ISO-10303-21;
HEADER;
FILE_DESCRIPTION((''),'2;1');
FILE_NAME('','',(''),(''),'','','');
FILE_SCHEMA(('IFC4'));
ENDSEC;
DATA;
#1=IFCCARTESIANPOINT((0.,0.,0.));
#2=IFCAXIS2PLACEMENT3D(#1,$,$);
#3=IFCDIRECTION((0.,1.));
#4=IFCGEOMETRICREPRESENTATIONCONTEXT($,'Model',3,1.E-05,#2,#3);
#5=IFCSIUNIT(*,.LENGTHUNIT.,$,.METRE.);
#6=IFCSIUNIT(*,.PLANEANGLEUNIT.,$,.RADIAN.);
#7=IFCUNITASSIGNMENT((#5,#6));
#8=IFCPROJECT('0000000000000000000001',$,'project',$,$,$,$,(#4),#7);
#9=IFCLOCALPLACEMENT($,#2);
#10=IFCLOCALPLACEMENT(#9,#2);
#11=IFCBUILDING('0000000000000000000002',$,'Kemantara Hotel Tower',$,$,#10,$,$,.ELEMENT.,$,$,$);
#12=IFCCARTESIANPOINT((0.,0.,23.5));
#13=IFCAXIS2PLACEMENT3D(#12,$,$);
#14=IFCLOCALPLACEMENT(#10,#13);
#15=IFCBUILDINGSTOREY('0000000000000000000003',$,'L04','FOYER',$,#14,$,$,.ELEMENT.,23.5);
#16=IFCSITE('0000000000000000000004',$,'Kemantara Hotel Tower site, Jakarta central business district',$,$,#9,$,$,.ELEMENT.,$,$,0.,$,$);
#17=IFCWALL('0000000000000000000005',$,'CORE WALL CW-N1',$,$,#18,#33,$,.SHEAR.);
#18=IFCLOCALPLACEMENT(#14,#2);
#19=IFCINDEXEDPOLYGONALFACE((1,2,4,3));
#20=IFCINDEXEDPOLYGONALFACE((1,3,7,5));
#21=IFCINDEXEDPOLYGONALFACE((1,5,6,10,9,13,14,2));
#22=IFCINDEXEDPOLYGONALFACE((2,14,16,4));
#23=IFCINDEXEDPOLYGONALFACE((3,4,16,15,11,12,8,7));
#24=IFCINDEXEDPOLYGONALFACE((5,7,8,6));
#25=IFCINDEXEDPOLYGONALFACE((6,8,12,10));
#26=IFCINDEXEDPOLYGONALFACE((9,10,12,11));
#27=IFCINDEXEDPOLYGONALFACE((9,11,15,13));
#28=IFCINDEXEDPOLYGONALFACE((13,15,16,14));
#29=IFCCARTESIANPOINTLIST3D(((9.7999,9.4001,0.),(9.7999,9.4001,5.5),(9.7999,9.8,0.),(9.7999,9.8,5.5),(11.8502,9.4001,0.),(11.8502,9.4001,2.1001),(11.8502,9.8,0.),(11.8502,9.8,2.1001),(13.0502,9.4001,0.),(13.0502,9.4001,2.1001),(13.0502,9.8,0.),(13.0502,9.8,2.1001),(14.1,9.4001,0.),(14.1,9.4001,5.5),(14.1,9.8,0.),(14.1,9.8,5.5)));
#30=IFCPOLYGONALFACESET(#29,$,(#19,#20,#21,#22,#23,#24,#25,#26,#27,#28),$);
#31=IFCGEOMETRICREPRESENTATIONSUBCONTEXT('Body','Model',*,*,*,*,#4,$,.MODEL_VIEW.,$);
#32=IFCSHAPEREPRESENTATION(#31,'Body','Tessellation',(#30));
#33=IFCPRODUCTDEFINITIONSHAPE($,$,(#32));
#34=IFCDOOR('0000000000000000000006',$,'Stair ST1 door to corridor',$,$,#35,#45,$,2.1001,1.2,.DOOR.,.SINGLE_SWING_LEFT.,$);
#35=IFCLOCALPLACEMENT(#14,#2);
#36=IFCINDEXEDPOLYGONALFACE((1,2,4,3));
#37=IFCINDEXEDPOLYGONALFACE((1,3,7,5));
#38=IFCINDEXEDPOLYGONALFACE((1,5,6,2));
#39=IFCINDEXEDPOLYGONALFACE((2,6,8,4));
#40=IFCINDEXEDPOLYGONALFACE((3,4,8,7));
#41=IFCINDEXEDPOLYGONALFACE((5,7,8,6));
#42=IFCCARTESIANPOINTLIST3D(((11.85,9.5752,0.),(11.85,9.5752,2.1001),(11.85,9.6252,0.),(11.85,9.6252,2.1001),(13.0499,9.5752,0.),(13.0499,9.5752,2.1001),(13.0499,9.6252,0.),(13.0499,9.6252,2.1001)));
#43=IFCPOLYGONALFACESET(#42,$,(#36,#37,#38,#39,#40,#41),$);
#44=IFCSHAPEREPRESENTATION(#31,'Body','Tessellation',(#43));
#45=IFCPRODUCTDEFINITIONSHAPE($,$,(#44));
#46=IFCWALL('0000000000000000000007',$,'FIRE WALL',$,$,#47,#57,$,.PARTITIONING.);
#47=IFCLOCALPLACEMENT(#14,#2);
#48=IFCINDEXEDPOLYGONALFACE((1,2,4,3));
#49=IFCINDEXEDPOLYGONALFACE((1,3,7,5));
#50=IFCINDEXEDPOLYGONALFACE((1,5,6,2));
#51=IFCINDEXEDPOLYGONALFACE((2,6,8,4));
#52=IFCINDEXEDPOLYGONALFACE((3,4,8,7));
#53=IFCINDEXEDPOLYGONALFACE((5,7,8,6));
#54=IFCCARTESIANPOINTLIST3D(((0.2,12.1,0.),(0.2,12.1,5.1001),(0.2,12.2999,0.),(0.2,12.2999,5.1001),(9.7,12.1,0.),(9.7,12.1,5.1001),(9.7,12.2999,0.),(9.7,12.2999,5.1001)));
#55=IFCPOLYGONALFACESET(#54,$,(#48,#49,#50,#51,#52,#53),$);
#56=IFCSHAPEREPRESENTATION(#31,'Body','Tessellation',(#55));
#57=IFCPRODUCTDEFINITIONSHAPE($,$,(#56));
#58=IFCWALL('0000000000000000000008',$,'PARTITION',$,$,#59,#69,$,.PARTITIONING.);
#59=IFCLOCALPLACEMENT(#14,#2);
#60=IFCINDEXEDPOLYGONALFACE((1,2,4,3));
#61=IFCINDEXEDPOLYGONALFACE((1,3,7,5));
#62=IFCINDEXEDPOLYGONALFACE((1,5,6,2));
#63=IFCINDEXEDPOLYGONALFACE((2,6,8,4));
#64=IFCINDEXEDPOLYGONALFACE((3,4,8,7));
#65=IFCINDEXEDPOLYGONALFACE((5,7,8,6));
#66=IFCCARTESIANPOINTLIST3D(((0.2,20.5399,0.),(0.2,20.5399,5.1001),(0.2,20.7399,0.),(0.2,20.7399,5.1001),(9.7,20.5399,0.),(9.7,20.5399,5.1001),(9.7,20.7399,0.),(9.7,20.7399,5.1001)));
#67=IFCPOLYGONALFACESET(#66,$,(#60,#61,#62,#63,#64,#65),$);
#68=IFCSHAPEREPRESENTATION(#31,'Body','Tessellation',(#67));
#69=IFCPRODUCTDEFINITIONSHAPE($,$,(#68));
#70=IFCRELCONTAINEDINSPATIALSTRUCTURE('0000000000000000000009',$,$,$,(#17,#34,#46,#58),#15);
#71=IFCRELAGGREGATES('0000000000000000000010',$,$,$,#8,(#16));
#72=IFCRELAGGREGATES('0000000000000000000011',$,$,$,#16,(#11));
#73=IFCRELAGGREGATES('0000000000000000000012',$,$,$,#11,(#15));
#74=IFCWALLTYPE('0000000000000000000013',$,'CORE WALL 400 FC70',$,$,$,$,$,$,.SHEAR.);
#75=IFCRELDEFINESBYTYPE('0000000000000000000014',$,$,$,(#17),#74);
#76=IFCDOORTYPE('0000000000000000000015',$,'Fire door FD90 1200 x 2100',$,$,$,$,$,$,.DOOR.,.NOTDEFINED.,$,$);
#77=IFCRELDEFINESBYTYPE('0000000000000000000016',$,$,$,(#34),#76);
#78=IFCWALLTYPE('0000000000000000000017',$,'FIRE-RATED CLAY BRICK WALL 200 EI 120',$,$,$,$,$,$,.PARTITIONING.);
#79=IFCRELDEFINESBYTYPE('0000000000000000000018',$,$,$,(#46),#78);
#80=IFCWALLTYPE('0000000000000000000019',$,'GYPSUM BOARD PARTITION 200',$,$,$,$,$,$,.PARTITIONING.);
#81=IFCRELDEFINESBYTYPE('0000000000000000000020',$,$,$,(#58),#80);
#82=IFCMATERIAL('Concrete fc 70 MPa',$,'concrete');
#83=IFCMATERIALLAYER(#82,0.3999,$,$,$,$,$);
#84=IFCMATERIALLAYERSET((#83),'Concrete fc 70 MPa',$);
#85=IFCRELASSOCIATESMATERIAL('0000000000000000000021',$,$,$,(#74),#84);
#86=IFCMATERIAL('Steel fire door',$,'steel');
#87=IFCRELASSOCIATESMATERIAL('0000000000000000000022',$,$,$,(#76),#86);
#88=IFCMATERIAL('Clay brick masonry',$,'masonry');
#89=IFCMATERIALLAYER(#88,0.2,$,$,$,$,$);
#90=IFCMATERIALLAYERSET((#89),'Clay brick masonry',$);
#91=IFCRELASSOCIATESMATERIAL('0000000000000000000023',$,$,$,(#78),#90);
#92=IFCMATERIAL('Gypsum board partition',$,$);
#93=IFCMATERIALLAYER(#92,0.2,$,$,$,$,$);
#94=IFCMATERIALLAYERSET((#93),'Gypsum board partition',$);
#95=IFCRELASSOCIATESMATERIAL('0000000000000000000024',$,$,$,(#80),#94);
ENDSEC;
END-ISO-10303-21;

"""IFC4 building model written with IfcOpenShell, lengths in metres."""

from ifc_helpers import new_model, si_unit, direction, frame, frame_2d, origin, place, context, subcontext, project, spatial, rectangle, extrude, material, layer, layer_set, type_object, element, fill, save


model = new_model("IFC4")

# Units and contexts
model_context = context("Model", 3, precision=1e-05, world=origin(), true_north=direction((0.0, 1.0)))
body_context = subcontext(model_context, "Body", "Model", "MODEL_VIEW")
ifc_project = project(units=[si_unit("LENGTHUNIT", "METRE"), si_unit("PLANEANGLEUNIT", "RADIAN")], contexts=[model_context])

# Site, building, storey
site_placement = place(None, origin())
site = spatial("IfcSite", under=ifc_project, at=site_placement, Name="Kemantara Hotel Tower site, Jakarta central business district", CompositionType="ELEMENT", RefElevation=0.0)
building_placement = place(site_placement, origin())
building = spatial("IfcBuilding", under=site, at=building_placement, Name="Kemantara Hotel Tower", CompositionType="ELEMENT")
storey_placement = place(building_placement, frame((0.0, 0.0, 23.5)))
storey = spatial("IfcBuildingStorey", under=building, at=storey_placement, Name="L04", Description="FOYER", CompositionType="ELEMENT", Elevation=23.5)

# Shared definitions
ifc_material_1 = material(Name="Concrete fc 70 MPa", Category="concrete")

# Wall, opening, door
ifc_layer_1 = layer(ifc_material_1, 0.3999)
ifc_layer_set_1 = layer_set([ifc_layer_1], Name="Concrete fc 70 MPa")
wall_type_1 = type_object("IfcWallType", Name="CORE WALL 400 FC70", PredefinedType="SHEAR", material=ifc_layer_set_1)
wall_1_placement = place(storey_placement, frame((9.8, 9.6001, 0.0), z_axis=(0.0, 0.0, 1.0), x_axis=(1.0, 0.0, 0.0)))
wall_1 = element("IfcWall", 1, at=wall_1_placement, inside=storey, type_object=wall_type_1, Name="CORE WALL CW-N1", PredefinedType="SHEAR", context=body_context, shape_type="SweptSolid", body=[
    extrude(rectangle(XDim=4.3, YDim=0.3999, at=frame_2d((2.1499, 0.0))), origin(), (0.0, 0.0, 1.0), 5.5),
])
opening_placement = place(wall_1_placement, frame((2.05, 0.0, 0.0)))
opening = element("IfcOpeningElement", 2, at=opening_placement, cuts=wall_1, PredefinedType="OPENING", context=body_context, shape_type="SweptSolid", body=[
    extrude(rectangle(XDim=1.2, YDim=2.1001, at=frame_2d((0.6001, 1.05))), frame((0.0, 0.21, 0.0), z_axis=(0.0, -1.0, 0.0), x_axis=(1.0, 0.0, 0.0)), (0.0, 0.0, 1.0), 0.4199),
])
ifc_material_2 = material(Name="Steel fire door", Category="steel")
door_type = type_object("IfcDoorType", Name="Fire door FD90 1200 x 2100", OperationType="NOTDEFINED", PredefinedType="DOOR", material=ifc_material_2)
door_placement = place(opening_placement, frame((1.2, 0.0, 0.0), z_axis=(0.0, 0.0, 1.0), x_axis=(-1.0, 0.0, 0.0)))
door = element("IfcDoor", 3, at=door_placement, inside=storey, type_object=door_type, Name="Stair ST1 door to corridor", OperationType="SINGLE_SWING_LEFT", OverallHeight=2.1001, OverallWidth=1.2, PredefinedType="DOOR", context=body_context, shape_type="SweptSolid", body=[
    extrude(rectangle(XDim=1.2, YDim=2.1001, at=frame_2d((0.6001, 1.05))), frame((0.0, 0.0249, 0.0), z_axis=(0.0, -1.0, 0.0), x_axis=(1.0, 0.0, 0.0)), (0.0, 0.0, 1.0), 0.05),
])
fill(opening, door)

# Walls
ifc_material_3 = material(Name="Clay brick masonry", Category="masonry")
ifc_layer_2 = layer(ifc_material_3, 0.2)
ifc_layer_set_2 = layer_set([ifc_layer_2], Name="Clay brick masonry")
wall_type_2 = type_object("IfcWallType", Name="FIRE-RATED CLAY BRICK WALL 200 EI 120", PredefinedType="PARTITIONING", material=ifc_layer_set_2)
wall_2_placement = place(storey_placement, frame((0.2, 12.2, 0.0), z_axis=(0.0, 0.0, 1.0), x_axis=(1.0, 0.0, 0.0)))
element("IfcWall", 4, at=wall_2_placement, inside=storey, type_object=wall_type_2, Name="FIRE WALL", PredefinedType="PARTITIONING", context=body_context, shape_type="SweptSolid", body=[
    extrude(rectangle(XDim=9.5, YDim=0.2, at=frame_2d((4.75, 0.0))), origin(), (0.0, 0.0, 1.0), 5.1001),
])
ifc_material_4 = material(Name="Gypsum board partition")
ifc_layer_3 = layer(ifc_material_4, 0.2)
ifc_layer_set_3 = layer_set([ifc_layer_3], Name="Gypsum board partition")
wall_type_3 = type_object("IfcWallType", Name="GYPSUM BOARD PARTITION 200", PredefinedType="PARTITIONING", material=ifc_layer_set_3)
wall_3_placement = place(storey_placement, frame((0.2, 20.6399, 0.0), z_axis=(0.0, 0.0, 1.0), x_axis=(1.0, 0.0, 0.0)))
element("IfcWall", 5, at=wall_3_placement, inside=storey, type_object=wall_type_3, Name="PARTITION", PredefinedType="PARTITIONING", context=body_context, shape_type="SweptSolid", body=[
    extrude(rectangle(XDim=9.5, YDim=0.2, at=frame_2d((4.75, 0.0))), origin(), (0.0, 0.0, 1.0), 5.1001),
])

save(model, "model.ifc")
